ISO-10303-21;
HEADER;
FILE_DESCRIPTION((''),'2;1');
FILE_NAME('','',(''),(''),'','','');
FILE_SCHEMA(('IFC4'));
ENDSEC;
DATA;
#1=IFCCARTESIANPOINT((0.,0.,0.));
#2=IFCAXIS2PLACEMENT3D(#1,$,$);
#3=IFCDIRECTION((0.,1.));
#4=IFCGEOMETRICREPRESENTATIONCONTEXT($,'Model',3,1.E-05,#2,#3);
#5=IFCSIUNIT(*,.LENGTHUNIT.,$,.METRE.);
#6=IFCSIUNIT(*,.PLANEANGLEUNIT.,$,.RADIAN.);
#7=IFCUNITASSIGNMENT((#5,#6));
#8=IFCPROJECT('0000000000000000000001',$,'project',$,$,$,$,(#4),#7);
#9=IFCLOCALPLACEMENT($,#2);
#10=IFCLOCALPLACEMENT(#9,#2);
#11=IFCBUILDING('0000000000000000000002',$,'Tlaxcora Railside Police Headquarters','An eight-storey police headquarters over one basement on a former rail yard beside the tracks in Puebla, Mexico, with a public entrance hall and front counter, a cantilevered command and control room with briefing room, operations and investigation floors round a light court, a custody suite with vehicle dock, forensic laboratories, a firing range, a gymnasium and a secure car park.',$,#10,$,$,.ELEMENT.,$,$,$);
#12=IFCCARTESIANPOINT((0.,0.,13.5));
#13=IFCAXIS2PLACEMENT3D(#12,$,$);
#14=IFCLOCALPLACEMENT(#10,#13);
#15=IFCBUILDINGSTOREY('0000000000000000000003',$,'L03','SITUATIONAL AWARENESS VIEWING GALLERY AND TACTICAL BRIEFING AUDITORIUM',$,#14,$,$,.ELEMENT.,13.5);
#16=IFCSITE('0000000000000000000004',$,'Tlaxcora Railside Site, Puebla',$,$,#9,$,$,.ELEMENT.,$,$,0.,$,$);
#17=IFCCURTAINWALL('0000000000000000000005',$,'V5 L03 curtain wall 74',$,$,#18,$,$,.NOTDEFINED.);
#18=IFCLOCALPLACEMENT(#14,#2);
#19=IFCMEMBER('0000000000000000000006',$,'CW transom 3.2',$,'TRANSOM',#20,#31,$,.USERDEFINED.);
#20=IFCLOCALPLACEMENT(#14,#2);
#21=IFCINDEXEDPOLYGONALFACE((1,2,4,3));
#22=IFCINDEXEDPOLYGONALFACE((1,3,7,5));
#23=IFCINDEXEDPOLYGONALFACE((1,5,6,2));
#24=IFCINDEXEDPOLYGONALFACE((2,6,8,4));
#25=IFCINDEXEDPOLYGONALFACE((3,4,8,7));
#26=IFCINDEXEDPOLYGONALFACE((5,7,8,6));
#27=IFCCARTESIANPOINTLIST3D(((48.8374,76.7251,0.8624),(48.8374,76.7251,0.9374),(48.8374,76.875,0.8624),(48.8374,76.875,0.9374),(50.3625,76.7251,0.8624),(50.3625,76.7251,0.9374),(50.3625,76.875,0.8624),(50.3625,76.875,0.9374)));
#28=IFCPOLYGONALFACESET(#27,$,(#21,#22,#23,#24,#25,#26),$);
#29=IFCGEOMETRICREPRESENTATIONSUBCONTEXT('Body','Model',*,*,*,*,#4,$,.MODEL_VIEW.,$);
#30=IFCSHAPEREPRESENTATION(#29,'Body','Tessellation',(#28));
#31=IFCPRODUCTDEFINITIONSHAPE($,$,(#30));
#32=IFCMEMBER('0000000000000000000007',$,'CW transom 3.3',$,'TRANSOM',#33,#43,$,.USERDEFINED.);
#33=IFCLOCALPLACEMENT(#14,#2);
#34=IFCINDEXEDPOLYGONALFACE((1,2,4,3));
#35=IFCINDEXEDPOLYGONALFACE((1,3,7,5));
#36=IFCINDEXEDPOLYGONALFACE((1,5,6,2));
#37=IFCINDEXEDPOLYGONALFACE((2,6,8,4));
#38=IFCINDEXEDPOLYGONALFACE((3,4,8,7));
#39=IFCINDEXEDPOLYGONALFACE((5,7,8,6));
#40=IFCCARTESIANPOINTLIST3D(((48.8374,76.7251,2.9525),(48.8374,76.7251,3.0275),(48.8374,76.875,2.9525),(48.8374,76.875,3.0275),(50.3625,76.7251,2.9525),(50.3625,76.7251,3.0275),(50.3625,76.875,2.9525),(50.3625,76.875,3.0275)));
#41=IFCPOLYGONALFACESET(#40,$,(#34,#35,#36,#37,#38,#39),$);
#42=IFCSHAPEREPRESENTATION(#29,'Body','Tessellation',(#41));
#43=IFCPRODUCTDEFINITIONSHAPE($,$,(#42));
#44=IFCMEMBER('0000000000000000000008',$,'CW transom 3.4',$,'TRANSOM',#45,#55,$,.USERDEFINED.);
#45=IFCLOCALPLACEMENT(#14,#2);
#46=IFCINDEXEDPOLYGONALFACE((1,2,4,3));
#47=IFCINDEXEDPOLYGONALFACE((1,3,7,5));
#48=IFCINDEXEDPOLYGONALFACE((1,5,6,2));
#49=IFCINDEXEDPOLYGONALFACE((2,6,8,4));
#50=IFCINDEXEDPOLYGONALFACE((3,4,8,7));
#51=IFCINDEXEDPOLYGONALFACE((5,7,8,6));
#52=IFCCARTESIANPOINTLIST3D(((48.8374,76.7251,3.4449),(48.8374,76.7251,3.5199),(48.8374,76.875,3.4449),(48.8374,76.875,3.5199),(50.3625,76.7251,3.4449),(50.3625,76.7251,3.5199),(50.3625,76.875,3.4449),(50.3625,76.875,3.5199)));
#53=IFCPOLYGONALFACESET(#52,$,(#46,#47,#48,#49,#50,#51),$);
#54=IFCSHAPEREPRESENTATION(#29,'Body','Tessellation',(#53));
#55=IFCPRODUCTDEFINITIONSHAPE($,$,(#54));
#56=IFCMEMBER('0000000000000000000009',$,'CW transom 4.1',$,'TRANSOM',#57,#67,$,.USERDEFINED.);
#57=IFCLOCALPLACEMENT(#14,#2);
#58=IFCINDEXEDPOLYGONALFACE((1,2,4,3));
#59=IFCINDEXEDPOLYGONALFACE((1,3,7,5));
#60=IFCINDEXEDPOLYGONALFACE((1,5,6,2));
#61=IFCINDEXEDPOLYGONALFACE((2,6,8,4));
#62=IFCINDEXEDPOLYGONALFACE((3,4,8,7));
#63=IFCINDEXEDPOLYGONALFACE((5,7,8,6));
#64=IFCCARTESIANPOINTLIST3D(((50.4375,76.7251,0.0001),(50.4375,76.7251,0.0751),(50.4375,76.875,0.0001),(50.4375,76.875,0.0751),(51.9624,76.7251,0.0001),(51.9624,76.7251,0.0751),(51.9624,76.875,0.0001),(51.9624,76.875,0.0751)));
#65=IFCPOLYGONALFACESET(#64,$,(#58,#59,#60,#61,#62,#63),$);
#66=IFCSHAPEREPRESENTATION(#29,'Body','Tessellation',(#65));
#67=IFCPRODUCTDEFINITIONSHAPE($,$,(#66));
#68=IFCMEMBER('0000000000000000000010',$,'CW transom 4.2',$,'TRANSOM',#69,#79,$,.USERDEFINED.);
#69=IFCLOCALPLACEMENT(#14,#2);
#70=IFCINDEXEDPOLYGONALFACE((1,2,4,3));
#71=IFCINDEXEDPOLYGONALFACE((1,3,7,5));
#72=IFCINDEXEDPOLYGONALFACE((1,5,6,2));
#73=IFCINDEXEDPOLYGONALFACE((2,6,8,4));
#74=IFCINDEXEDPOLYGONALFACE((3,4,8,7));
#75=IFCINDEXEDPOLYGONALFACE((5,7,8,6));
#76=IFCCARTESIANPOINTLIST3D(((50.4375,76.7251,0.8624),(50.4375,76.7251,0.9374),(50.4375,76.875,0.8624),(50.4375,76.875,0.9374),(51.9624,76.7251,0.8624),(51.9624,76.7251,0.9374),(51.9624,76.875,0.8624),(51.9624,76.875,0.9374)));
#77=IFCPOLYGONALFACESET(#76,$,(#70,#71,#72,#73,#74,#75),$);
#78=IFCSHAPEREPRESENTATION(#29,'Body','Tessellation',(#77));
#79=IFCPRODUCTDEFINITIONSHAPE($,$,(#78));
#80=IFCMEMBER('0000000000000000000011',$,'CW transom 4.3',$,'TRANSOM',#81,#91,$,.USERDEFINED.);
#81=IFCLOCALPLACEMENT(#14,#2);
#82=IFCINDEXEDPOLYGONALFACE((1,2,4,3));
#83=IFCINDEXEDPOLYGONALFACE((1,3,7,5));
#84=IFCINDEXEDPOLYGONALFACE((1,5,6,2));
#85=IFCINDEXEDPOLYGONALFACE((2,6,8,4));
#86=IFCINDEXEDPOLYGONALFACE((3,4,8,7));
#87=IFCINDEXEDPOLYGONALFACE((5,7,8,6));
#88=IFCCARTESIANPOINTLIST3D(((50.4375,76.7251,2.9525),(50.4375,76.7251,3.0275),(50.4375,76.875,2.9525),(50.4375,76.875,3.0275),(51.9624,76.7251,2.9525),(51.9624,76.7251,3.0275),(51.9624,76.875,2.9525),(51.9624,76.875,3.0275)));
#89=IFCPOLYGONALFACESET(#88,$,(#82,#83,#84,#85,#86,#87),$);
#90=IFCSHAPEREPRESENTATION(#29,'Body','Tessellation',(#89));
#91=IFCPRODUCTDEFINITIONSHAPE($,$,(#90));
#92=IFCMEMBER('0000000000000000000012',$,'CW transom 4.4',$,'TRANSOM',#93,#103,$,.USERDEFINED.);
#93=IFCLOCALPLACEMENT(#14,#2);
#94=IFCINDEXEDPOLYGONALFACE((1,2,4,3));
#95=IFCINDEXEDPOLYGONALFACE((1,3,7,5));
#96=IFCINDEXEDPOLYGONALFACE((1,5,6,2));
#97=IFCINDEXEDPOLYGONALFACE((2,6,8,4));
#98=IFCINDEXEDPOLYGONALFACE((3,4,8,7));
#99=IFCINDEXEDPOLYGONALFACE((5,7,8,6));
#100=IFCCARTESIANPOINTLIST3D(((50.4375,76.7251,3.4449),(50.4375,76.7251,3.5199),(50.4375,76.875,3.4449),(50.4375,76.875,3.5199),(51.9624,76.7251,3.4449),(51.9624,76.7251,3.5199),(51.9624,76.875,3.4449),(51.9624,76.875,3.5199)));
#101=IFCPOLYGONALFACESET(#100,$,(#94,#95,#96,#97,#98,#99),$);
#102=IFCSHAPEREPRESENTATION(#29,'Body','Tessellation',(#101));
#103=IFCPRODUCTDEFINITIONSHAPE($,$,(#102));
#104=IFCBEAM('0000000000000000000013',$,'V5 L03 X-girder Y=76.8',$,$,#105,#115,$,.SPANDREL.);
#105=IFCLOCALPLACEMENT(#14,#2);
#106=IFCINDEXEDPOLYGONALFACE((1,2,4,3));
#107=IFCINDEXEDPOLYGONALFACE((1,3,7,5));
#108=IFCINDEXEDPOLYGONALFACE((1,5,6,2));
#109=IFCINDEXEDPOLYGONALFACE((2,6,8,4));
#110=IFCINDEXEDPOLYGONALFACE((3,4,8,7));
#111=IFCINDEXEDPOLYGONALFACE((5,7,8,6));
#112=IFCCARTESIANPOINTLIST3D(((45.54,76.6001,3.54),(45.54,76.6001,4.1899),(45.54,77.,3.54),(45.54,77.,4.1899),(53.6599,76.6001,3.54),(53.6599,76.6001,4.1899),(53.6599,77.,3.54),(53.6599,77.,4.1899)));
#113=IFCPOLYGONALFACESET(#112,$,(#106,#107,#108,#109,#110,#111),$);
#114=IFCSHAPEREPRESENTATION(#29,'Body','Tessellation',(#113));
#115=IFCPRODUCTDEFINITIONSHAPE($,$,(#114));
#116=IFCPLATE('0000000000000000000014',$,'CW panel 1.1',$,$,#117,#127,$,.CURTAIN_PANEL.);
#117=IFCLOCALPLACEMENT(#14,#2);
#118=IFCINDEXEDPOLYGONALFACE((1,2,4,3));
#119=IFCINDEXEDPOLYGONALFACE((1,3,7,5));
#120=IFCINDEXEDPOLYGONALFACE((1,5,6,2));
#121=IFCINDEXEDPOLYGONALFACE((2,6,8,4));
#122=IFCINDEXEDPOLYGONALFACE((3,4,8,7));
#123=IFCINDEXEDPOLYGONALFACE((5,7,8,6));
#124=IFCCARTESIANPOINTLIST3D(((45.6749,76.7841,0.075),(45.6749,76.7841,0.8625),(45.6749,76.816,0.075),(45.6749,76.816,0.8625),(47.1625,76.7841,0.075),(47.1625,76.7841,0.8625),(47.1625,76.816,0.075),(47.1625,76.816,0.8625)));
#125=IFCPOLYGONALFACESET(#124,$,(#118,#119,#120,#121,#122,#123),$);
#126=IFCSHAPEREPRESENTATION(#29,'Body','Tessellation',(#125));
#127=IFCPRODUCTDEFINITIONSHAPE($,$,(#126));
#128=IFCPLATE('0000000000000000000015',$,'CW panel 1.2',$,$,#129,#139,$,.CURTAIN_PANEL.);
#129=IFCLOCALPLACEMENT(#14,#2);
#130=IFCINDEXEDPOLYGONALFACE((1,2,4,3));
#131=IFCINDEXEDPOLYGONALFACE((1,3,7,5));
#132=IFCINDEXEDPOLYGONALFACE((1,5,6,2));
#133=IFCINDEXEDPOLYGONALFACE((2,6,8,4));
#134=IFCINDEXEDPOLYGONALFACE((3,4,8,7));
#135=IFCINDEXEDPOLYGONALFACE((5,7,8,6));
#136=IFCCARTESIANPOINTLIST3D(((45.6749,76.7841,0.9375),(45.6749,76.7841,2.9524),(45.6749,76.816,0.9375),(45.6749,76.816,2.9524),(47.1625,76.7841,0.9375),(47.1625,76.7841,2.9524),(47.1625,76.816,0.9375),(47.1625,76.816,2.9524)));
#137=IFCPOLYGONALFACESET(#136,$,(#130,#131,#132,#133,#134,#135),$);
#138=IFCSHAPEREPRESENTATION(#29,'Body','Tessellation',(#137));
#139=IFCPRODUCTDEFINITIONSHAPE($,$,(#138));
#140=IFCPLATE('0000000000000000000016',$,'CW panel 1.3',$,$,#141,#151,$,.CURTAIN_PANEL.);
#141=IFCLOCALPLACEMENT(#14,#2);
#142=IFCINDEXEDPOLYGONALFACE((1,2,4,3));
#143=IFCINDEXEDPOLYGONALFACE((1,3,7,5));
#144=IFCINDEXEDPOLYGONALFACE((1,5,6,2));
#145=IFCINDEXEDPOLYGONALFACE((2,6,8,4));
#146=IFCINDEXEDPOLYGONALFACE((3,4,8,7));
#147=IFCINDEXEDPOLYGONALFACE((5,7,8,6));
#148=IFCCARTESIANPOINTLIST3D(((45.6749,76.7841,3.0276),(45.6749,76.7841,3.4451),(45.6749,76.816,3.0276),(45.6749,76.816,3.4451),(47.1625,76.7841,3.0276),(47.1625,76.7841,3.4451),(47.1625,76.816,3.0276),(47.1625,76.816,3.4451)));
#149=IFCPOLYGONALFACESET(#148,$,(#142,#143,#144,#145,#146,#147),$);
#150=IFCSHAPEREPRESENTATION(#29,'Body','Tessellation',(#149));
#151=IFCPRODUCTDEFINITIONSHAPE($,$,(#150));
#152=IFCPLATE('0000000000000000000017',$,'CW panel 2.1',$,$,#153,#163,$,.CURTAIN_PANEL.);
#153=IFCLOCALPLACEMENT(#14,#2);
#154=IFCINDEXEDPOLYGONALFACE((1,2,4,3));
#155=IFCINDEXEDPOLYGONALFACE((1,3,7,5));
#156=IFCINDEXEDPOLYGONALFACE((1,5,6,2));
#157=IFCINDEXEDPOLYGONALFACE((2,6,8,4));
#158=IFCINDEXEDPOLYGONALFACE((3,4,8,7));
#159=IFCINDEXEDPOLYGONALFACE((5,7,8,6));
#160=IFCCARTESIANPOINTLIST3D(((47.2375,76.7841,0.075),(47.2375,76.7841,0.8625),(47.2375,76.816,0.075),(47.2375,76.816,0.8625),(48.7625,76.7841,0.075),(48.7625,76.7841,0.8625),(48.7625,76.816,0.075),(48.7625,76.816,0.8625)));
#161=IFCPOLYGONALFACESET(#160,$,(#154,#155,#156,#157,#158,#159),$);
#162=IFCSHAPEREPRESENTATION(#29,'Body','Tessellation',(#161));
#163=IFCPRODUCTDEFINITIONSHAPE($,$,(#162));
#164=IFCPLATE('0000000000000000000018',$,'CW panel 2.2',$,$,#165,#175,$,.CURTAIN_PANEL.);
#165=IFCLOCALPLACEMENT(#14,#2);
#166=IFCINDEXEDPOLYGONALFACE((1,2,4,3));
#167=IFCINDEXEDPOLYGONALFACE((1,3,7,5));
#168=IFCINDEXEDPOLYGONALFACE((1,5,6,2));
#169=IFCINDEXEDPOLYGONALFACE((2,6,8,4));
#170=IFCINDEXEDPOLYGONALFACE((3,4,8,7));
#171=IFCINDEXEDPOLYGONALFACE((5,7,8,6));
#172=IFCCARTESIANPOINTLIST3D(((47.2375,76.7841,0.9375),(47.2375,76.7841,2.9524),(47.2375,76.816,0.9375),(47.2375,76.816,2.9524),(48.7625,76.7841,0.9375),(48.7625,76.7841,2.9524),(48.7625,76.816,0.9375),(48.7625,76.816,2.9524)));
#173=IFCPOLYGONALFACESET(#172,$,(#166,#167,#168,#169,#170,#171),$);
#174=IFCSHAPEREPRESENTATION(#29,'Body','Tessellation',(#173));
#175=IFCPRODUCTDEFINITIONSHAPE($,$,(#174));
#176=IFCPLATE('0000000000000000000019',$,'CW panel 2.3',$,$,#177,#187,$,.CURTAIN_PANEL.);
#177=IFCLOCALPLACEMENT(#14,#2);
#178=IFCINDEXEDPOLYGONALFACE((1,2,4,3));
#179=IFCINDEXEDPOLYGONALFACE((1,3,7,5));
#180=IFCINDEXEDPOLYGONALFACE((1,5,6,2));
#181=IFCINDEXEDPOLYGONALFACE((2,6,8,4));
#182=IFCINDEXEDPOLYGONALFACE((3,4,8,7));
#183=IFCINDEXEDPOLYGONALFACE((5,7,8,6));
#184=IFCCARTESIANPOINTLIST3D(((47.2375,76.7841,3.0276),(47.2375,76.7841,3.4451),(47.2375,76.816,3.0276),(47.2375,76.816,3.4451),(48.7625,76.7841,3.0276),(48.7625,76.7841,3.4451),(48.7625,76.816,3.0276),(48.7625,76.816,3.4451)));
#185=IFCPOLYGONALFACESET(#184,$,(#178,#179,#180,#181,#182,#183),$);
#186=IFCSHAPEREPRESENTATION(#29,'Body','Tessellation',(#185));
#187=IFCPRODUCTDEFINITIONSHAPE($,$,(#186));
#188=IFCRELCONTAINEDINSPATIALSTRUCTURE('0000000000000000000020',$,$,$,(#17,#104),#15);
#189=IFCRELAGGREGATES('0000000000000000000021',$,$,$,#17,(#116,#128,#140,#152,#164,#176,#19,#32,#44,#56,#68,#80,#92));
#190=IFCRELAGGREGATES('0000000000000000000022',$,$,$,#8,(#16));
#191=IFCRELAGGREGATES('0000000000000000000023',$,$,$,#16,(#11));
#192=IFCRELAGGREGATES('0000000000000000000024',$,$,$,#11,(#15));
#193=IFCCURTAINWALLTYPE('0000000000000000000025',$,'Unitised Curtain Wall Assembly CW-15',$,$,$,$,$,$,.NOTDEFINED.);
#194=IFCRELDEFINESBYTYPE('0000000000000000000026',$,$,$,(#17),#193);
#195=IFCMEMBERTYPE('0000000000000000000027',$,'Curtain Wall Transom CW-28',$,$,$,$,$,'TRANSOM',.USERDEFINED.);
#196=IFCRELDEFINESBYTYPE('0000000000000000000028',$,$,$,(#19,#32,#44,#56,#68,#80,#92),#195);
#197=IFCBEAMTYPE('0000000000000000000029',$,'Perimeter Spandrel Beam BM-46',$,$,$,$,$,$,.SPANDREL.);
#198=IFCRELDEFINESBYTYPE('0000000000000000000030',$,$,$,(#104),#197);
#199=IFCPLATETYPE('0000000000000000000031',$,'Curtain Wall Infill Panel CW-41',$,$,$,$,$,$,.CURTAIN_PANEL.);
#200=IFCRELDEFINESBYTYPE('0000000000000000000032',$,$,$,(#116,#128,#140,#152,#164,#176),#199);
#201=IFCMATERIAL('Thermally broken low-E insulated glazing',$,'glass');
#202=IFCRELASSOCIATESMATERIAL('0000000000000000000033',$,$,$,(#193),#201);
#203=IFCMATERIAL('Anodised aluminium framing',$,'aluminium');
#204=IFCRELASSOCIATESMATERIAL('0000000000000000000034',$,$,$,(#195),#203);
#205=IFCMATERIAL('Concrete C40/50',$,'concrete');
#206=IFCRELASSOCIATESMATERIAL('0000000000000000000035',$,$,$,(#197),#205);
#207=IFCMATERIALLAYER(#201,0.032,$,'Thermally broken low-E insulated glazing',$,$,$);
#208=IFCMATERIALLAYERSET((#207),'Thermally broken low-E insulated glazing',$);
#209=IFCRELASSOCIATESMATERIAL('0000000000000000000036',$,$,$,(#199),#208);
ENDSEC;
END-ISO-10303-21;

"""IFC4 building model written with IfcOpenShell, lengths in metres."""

from ifc_helpers import new_model, si_unit, direction, frame, origin, origin_2d, place, context, subcontext, project, spatial, rectangle, extrude, material, layer, layer_set, material_profile, profile_set, type_object, element, aggregate, save


model = new_model("IFC4")

# Units and contexts
model_context = context("Model", 3, precision=1e-05, world=origin(), true_north=direction((0.0, 1.0)))
body_context = subcontext(model_context, "Body", "Model", "MODEL_VIEW")
ifc_project = project(units=[si_unit("LENGTHUNIT", "METRE"), si_unit("PLANEANGLEUNIT", "RADIAN")], contexts=[model_context])

# Site, building, storey
site_placement = place(None, origin())
site = spatial("IfcSite", under=ifc_project, at=site_placement, Name="Tlaxcora Railside Site, Puebla", CompositionType="ELEMENT", RefElevation=0.0)
building_placement = place(site_placement, origin())
building = spatial("IfcBuilding", under=site, at=building_placement, Name="Tlaxcora Railside Police Headquarters", Description="An eight-storey police headquarters over one basement on a former rail yard beside the tracks in Puebla, Mexico, with a public entrance hall and front counter, a cantilevered command and control room with briefing room, operations and investigation floors round a light court, a custody suite with vehicle dock, forensic laboratories, a firing range, a gymnasium and a secure car park.", CompositionType="ELEMENT")
storey_placement = place(building_placement, frame((0.0, 0.0, 13.5)))
storey = spatial("IfcBuildingStorey", under=building, at=storey_placement, Name="L03", Description="SITUATIONAL AWARENESS VIEWING GALLERY AND TACTICAL BRIEFING AUDITORIUM", CompositionType="ELEMENT", Elevation=13.5)

# Shared definitions
ifc_material_1 = material(Name="Concrete C40/50", Category="concrete")

# Curtain wall, members
ifc_material_2 = material(Name="Thermally broken low-E insulated glazing", Category="glass")
curtain_wall_type = type_object("IfcCurtainWallType", Name="Unitised Curtain Wall Assembly CW-15", PredefinedType="NOTDEFINED", material=ifc_material_2)
curtain_wall_placement = place(storey_placement, origin())
curtain_wall = element("IfcCurtainWall", 1, at=curtain_wall_placement, inside=storey, type_object=curtain_wall_type, Name="V5 L03 curtain wall 74", PredefinedType="NOTDEFINED")
ifc_material_3 = material(Name="Anodised aluminium framing", Category="aluminium")
ifc_material_profile_1 = material_profile(ifc_material_3, rectangle(XDim=0.1499, YDim=0.075, at=origin_2d()), Name="AL75X150")
ifc_profile_set_1 = profile_set([ifc_material_profile_1], Name="Anodised aluminium framing")
member_type_1 = type_object("IfcMemberType", Name="Curtain Wall Transom CW-28", ElementType="TRANSOM", PredefinedType="USERDEFINED", material=ifc_profile_set_1)
member_1_placement = place(storey_placement, frame((48.8374, 76.8, 0.8999), z_axis=(1.0, 0.0, 0.0), x_axis=(0.0, 1.0, 0.0)))
member_1 = element("IfcMember", 2, at=member_1_placement, type_object=member_type_1, Name="CW transom 3.2", ObjectType="TRANSOM", PredefinedType="USERDEFINED", context=body_context, shape_type="SweptSolid", body=[
    extrude(rectangle(XDim=0.1499, YDim=0.075, at=origin_2d()), origin(), (0.0, 0.0, 1.0), 1.5251),
])
member_2_placement = place(storey_placement, frame((48.8374, 76.8, 2.99), z_axis=(1.0, 0.0, 0.0), x_axis=(0.0, 1.0, 0.0)))
member_2 = element("IfcMember", 3, at=member_2_placement, type_object=member_type_1, Name="CW transom 3.3", ObjectType="TRANSOM", PredefinedType="USERDEFINED", context=body_context, shape_type="SweptSolid", body=[
    extrude(rectangle(XDim=0.1499, YDim=0.075, at=origin_2d()), origin(), (0.0, 0.0, 1.0), 1.5251),
])
member_3_placement = place(storey_placement, frame((48.8374, 76.8, 3.4824), z_axis=(1.0, 0.0, 0.0), x_axis=(0.0, 1.0, 0.0)))
member_3 = element("IfcMember", 4, at=member_3_placement, type_object=member_type_1, Name="CW transom 3.4", ObjectType="TRANSOM", PredefinedType="USERDEFINED", context=body_context, shape_type="SweptSolid", body=[
    extrude(rectangle(XDim=0.1499, YDim=0.075, at=origin_2d()), origin(), (0.0, 0.0, 1.0), 1.5251),
])
member_4_placement = place(storey_placement, frame((50.4375, 76.8, 0.0376), z_axis=(1.0, 0.0, 0.0), x_axis=(0.0, 1.0, 0.0)))
member_4 = element("IfcMember", 5, at=member_4_placement, type_object=member_type_1, Name="CW transom 4.1", ObjectType="TRANSOM", PredefinedType="USERDEFINED", context=body_context, shape_type="SweptSolid", body=[
    extrude(rectangle(XDim=0.1499, YDim=0.075, at=origin_2d()), origin(), (0.0, 0.0, 1.0), 1.5249),
])
member_5_placement = place(storey_placement, frame((50.4375, 76.8, 0.8999), z_axis=(1.0, 0.0, 0.0), x_axis=(0.0, 1.0, 0.0)))
member_5 = element("IfcMember", 6, at=member_5_placement, type_object=member_type_1, Name="CW transom 4.2", ObjectType="TRANSOM", PredefinedType="USERDEFINED", context=body_context, shape_type="SweptSolid", body=[
    extrude(rectangle(XDim=0.1499, YDim=0.075, at=origin_2d()), origin(), (0.0, 0.0, 1.0), 1.5249),
])
member_6_placement = place(storey_placement, frame((50.4375, 76.8, 2.99), z_axis=(1.0, 0.0, 0.0), x_axis=(0.0, 1.0, 0.0)))
member_6 = element("IfcMember", 7, at=member_6_placement, type_object=member_type_1, Name="CW transom 4.3", ObjectType="TRANSOM", PredefinedType="USERDEFINED", context=body_context, shape_type="SweptSolid", body=[
    extrude(rectangle(XDim=0.1499, YDim=0.075, at=origin_2d()), origin(), (0.0, 0.0, 1.0), 1.5249),
])
member_7_placement = place(storey_placement, frame((50.4375, 76.8, 3.4824), z_axis=(1.0, 0.0, 0.0), x_axis=(0.0, 1.0, 0.0)))
member_7 = element("IfcMember", 8, at=member_7_placement, type_object=member_type_1, Name="CW transom 4.4", ObjectType="TRANSOM", PredefinedType="USERDEFINED", context=body_context, shape_type="SweptSolid", body=[
    extrude(rectangle(XDim=0.1499, YDim=0.075, at=origin_2d()), origin(), (0.0, 0.0, 1.0), 1.5249),
])

# Beam
ifc_material_profile_2 = material_profile(ifc_material_1, rectangle(XDim=0.3999, YDim=0.6499, at=origin_2d()), Name="RC400X650")
ifc_profile_set_2 = profile_set([ifc_material_profile_2], Name="Concrete C40/50")
beam_type = type_object("IfcBeamType", Name="Perimeter Spandrel Beam BM-46", PredefinedType="SPANDREL", material=ifc_profile_set_2)
beam_placement = place(storey_placement, frame((45.54, 76.8, 3.865), z_axis=(1.0, 0.0, 0.0), x_axis=(0.0, 1.0, 0.0)))
element("IfcBeam", 9, at=beam_placement, inside=storey, type_object=beam_type, Name="V5 L03 X-girder Y=76.8", PredefinedType="SPANDREL", context=body_context, shape_type="SweptSolid", body=[
    extrude(rectangle(XDim=0.3999, YDim=0.6499, at=origin_2d()), origin(), (0.0, 0.0, 1.0), 8.1199),
])

# Plates
ifc_layer_1 = layer(ifc_material_2, 0.032, Name="Thermally broken low-E insulated glazing")
ifc_layer_set_1 = layer_set([ifc_layer_1], Name="Thermally broken low-E insulated glazing")
plate_type = type_object("IfcPlateType", Name="Curtain Wall Infill Panel CW-41", PredefinedType="CURTAIN_PANEL", material=ifc_layer_set_1)
plate_1_placement = place(storey_placement, frame((46.4187, 76.8, 0.075), z_axis=(0.0, 0.0, 1.0), x_axis=(1.0, 0.0, 0.0)))
plate_1 = element("IfcPlate", 10, at=plate_1_placement, type_object=plate_type, Name="CW panel 1.1", PredefinedType="CURTAIN_PANEL", context=body_context, shape_type="SweptSolid", body=[
    extrude(rectangle(XDim=1.4875, YDim=0.032, at=origin_2d()), origin(), (0.0, 0.0, 1.0), 0.7876),
])
plate_2_placement = place(storey_placement, frame((46.4187, 76.8, 0.9375), z_axis=(0.0, 0.0, 1.0), x_axis=(1.0, 0.0, 0.0)))
plate_2 = element("IfcPlate", 11, at=plate_2_placement, type_object=plate_type, Name="CW panel 1.2", PredefinedType="CURTAIN_PANEL", context=body_context, shape_type="SweptSolid", body=[
    extrude(rectangle(XDim=1.4875, YDim=0.032, at=origin_2d()), origin(), (0.0, 0.0, 1.0), 2.0149),
])
plate_3_placement = place(storey_placement, frame((46.4187, 76.8, 3.0276), z_axis=(0.0, 0.0, 1.0), x_axis=(1.0, 0.0, 0.0)))
plate_3 = element("IfcPlate", 12, at=plate_3_placement, type_object=plate_type, Name="CW panel 1.3", PredefinedType="CURTAIN_PANEL", context=body_context, shape_type="SweptSolid", body=[
    extrude(rectangle(XDim=1.4875, YDim=0.032, at=origin_2d()), origin(), (0.0, 0.0, 1.0), 0.4175),
])
plate_4_placement = place(storey_placement, frame((48.0, 76.8, 0.075), z_axis=(0.0, 0.0, 1.0), x_axis=(1.0, 0.0, 0.0)))
plate_4 = element("IfcPlate", 13, at=plate_4_placement, type_object=plate_type, Name="CW panel 2.1", PredefinedType="CURTAIN_PANEL", context=body_context, shape_type="SweptSolid", body=[
    extrude(rectangle(XDim=1.5249, YDim=0.032, at=origin_2d()), origin(), (0.0, 0.0, 1.0), 0.7876),
])
plate_5_placement = place(storey_placement, frame((48.0, 76.8, 0.9375), z_axis=(0.0, 0.0, 1.0), x_axis=(1.0, 0.0, 0.0)))
plate_5 = element("IfcPlate", 14, at=plate_5_placement, type_object=plate_type, Name="CW panel 2.2", PredefinedType="CURTAIN_PANEL", context=body_context, shape_type="SweptSolid", body=[
    extrude(rectangle(XDim=1.5249, YDim=0.032, at=origin_2d()), origin(), (0.0, 0.0, 1.0), 2.0149),
])
plate_6_placement = place(storey_placement, frame((48.0, 76.8, 3.0276), z_axis=(0.0, 0.0, 1.0), x_axis=(1.0, 0.0, 0.0)))
plate_6 = element("IfcPlate", 15, at=plate_6_placement, type_object=plate_type, Name="CW panel 2.3", PredefinedType="CURTAIN_PANEL", context=body_context, shape_type="SweptSolid", body=[
    extrude(rectangle(XDim=1.5249, YDim=0.032, at=origin_2d()), origin(), (0.0, 0.0, 1.0), 0.4175),
])
aggregate(curtain_wall, [plate_1, plate_2, plate_3, plate_4, plate_5, plate_6, member_1, member_2, member_3, member_4, member_5, member_6, member_7])

save(model, "model.ifc")
